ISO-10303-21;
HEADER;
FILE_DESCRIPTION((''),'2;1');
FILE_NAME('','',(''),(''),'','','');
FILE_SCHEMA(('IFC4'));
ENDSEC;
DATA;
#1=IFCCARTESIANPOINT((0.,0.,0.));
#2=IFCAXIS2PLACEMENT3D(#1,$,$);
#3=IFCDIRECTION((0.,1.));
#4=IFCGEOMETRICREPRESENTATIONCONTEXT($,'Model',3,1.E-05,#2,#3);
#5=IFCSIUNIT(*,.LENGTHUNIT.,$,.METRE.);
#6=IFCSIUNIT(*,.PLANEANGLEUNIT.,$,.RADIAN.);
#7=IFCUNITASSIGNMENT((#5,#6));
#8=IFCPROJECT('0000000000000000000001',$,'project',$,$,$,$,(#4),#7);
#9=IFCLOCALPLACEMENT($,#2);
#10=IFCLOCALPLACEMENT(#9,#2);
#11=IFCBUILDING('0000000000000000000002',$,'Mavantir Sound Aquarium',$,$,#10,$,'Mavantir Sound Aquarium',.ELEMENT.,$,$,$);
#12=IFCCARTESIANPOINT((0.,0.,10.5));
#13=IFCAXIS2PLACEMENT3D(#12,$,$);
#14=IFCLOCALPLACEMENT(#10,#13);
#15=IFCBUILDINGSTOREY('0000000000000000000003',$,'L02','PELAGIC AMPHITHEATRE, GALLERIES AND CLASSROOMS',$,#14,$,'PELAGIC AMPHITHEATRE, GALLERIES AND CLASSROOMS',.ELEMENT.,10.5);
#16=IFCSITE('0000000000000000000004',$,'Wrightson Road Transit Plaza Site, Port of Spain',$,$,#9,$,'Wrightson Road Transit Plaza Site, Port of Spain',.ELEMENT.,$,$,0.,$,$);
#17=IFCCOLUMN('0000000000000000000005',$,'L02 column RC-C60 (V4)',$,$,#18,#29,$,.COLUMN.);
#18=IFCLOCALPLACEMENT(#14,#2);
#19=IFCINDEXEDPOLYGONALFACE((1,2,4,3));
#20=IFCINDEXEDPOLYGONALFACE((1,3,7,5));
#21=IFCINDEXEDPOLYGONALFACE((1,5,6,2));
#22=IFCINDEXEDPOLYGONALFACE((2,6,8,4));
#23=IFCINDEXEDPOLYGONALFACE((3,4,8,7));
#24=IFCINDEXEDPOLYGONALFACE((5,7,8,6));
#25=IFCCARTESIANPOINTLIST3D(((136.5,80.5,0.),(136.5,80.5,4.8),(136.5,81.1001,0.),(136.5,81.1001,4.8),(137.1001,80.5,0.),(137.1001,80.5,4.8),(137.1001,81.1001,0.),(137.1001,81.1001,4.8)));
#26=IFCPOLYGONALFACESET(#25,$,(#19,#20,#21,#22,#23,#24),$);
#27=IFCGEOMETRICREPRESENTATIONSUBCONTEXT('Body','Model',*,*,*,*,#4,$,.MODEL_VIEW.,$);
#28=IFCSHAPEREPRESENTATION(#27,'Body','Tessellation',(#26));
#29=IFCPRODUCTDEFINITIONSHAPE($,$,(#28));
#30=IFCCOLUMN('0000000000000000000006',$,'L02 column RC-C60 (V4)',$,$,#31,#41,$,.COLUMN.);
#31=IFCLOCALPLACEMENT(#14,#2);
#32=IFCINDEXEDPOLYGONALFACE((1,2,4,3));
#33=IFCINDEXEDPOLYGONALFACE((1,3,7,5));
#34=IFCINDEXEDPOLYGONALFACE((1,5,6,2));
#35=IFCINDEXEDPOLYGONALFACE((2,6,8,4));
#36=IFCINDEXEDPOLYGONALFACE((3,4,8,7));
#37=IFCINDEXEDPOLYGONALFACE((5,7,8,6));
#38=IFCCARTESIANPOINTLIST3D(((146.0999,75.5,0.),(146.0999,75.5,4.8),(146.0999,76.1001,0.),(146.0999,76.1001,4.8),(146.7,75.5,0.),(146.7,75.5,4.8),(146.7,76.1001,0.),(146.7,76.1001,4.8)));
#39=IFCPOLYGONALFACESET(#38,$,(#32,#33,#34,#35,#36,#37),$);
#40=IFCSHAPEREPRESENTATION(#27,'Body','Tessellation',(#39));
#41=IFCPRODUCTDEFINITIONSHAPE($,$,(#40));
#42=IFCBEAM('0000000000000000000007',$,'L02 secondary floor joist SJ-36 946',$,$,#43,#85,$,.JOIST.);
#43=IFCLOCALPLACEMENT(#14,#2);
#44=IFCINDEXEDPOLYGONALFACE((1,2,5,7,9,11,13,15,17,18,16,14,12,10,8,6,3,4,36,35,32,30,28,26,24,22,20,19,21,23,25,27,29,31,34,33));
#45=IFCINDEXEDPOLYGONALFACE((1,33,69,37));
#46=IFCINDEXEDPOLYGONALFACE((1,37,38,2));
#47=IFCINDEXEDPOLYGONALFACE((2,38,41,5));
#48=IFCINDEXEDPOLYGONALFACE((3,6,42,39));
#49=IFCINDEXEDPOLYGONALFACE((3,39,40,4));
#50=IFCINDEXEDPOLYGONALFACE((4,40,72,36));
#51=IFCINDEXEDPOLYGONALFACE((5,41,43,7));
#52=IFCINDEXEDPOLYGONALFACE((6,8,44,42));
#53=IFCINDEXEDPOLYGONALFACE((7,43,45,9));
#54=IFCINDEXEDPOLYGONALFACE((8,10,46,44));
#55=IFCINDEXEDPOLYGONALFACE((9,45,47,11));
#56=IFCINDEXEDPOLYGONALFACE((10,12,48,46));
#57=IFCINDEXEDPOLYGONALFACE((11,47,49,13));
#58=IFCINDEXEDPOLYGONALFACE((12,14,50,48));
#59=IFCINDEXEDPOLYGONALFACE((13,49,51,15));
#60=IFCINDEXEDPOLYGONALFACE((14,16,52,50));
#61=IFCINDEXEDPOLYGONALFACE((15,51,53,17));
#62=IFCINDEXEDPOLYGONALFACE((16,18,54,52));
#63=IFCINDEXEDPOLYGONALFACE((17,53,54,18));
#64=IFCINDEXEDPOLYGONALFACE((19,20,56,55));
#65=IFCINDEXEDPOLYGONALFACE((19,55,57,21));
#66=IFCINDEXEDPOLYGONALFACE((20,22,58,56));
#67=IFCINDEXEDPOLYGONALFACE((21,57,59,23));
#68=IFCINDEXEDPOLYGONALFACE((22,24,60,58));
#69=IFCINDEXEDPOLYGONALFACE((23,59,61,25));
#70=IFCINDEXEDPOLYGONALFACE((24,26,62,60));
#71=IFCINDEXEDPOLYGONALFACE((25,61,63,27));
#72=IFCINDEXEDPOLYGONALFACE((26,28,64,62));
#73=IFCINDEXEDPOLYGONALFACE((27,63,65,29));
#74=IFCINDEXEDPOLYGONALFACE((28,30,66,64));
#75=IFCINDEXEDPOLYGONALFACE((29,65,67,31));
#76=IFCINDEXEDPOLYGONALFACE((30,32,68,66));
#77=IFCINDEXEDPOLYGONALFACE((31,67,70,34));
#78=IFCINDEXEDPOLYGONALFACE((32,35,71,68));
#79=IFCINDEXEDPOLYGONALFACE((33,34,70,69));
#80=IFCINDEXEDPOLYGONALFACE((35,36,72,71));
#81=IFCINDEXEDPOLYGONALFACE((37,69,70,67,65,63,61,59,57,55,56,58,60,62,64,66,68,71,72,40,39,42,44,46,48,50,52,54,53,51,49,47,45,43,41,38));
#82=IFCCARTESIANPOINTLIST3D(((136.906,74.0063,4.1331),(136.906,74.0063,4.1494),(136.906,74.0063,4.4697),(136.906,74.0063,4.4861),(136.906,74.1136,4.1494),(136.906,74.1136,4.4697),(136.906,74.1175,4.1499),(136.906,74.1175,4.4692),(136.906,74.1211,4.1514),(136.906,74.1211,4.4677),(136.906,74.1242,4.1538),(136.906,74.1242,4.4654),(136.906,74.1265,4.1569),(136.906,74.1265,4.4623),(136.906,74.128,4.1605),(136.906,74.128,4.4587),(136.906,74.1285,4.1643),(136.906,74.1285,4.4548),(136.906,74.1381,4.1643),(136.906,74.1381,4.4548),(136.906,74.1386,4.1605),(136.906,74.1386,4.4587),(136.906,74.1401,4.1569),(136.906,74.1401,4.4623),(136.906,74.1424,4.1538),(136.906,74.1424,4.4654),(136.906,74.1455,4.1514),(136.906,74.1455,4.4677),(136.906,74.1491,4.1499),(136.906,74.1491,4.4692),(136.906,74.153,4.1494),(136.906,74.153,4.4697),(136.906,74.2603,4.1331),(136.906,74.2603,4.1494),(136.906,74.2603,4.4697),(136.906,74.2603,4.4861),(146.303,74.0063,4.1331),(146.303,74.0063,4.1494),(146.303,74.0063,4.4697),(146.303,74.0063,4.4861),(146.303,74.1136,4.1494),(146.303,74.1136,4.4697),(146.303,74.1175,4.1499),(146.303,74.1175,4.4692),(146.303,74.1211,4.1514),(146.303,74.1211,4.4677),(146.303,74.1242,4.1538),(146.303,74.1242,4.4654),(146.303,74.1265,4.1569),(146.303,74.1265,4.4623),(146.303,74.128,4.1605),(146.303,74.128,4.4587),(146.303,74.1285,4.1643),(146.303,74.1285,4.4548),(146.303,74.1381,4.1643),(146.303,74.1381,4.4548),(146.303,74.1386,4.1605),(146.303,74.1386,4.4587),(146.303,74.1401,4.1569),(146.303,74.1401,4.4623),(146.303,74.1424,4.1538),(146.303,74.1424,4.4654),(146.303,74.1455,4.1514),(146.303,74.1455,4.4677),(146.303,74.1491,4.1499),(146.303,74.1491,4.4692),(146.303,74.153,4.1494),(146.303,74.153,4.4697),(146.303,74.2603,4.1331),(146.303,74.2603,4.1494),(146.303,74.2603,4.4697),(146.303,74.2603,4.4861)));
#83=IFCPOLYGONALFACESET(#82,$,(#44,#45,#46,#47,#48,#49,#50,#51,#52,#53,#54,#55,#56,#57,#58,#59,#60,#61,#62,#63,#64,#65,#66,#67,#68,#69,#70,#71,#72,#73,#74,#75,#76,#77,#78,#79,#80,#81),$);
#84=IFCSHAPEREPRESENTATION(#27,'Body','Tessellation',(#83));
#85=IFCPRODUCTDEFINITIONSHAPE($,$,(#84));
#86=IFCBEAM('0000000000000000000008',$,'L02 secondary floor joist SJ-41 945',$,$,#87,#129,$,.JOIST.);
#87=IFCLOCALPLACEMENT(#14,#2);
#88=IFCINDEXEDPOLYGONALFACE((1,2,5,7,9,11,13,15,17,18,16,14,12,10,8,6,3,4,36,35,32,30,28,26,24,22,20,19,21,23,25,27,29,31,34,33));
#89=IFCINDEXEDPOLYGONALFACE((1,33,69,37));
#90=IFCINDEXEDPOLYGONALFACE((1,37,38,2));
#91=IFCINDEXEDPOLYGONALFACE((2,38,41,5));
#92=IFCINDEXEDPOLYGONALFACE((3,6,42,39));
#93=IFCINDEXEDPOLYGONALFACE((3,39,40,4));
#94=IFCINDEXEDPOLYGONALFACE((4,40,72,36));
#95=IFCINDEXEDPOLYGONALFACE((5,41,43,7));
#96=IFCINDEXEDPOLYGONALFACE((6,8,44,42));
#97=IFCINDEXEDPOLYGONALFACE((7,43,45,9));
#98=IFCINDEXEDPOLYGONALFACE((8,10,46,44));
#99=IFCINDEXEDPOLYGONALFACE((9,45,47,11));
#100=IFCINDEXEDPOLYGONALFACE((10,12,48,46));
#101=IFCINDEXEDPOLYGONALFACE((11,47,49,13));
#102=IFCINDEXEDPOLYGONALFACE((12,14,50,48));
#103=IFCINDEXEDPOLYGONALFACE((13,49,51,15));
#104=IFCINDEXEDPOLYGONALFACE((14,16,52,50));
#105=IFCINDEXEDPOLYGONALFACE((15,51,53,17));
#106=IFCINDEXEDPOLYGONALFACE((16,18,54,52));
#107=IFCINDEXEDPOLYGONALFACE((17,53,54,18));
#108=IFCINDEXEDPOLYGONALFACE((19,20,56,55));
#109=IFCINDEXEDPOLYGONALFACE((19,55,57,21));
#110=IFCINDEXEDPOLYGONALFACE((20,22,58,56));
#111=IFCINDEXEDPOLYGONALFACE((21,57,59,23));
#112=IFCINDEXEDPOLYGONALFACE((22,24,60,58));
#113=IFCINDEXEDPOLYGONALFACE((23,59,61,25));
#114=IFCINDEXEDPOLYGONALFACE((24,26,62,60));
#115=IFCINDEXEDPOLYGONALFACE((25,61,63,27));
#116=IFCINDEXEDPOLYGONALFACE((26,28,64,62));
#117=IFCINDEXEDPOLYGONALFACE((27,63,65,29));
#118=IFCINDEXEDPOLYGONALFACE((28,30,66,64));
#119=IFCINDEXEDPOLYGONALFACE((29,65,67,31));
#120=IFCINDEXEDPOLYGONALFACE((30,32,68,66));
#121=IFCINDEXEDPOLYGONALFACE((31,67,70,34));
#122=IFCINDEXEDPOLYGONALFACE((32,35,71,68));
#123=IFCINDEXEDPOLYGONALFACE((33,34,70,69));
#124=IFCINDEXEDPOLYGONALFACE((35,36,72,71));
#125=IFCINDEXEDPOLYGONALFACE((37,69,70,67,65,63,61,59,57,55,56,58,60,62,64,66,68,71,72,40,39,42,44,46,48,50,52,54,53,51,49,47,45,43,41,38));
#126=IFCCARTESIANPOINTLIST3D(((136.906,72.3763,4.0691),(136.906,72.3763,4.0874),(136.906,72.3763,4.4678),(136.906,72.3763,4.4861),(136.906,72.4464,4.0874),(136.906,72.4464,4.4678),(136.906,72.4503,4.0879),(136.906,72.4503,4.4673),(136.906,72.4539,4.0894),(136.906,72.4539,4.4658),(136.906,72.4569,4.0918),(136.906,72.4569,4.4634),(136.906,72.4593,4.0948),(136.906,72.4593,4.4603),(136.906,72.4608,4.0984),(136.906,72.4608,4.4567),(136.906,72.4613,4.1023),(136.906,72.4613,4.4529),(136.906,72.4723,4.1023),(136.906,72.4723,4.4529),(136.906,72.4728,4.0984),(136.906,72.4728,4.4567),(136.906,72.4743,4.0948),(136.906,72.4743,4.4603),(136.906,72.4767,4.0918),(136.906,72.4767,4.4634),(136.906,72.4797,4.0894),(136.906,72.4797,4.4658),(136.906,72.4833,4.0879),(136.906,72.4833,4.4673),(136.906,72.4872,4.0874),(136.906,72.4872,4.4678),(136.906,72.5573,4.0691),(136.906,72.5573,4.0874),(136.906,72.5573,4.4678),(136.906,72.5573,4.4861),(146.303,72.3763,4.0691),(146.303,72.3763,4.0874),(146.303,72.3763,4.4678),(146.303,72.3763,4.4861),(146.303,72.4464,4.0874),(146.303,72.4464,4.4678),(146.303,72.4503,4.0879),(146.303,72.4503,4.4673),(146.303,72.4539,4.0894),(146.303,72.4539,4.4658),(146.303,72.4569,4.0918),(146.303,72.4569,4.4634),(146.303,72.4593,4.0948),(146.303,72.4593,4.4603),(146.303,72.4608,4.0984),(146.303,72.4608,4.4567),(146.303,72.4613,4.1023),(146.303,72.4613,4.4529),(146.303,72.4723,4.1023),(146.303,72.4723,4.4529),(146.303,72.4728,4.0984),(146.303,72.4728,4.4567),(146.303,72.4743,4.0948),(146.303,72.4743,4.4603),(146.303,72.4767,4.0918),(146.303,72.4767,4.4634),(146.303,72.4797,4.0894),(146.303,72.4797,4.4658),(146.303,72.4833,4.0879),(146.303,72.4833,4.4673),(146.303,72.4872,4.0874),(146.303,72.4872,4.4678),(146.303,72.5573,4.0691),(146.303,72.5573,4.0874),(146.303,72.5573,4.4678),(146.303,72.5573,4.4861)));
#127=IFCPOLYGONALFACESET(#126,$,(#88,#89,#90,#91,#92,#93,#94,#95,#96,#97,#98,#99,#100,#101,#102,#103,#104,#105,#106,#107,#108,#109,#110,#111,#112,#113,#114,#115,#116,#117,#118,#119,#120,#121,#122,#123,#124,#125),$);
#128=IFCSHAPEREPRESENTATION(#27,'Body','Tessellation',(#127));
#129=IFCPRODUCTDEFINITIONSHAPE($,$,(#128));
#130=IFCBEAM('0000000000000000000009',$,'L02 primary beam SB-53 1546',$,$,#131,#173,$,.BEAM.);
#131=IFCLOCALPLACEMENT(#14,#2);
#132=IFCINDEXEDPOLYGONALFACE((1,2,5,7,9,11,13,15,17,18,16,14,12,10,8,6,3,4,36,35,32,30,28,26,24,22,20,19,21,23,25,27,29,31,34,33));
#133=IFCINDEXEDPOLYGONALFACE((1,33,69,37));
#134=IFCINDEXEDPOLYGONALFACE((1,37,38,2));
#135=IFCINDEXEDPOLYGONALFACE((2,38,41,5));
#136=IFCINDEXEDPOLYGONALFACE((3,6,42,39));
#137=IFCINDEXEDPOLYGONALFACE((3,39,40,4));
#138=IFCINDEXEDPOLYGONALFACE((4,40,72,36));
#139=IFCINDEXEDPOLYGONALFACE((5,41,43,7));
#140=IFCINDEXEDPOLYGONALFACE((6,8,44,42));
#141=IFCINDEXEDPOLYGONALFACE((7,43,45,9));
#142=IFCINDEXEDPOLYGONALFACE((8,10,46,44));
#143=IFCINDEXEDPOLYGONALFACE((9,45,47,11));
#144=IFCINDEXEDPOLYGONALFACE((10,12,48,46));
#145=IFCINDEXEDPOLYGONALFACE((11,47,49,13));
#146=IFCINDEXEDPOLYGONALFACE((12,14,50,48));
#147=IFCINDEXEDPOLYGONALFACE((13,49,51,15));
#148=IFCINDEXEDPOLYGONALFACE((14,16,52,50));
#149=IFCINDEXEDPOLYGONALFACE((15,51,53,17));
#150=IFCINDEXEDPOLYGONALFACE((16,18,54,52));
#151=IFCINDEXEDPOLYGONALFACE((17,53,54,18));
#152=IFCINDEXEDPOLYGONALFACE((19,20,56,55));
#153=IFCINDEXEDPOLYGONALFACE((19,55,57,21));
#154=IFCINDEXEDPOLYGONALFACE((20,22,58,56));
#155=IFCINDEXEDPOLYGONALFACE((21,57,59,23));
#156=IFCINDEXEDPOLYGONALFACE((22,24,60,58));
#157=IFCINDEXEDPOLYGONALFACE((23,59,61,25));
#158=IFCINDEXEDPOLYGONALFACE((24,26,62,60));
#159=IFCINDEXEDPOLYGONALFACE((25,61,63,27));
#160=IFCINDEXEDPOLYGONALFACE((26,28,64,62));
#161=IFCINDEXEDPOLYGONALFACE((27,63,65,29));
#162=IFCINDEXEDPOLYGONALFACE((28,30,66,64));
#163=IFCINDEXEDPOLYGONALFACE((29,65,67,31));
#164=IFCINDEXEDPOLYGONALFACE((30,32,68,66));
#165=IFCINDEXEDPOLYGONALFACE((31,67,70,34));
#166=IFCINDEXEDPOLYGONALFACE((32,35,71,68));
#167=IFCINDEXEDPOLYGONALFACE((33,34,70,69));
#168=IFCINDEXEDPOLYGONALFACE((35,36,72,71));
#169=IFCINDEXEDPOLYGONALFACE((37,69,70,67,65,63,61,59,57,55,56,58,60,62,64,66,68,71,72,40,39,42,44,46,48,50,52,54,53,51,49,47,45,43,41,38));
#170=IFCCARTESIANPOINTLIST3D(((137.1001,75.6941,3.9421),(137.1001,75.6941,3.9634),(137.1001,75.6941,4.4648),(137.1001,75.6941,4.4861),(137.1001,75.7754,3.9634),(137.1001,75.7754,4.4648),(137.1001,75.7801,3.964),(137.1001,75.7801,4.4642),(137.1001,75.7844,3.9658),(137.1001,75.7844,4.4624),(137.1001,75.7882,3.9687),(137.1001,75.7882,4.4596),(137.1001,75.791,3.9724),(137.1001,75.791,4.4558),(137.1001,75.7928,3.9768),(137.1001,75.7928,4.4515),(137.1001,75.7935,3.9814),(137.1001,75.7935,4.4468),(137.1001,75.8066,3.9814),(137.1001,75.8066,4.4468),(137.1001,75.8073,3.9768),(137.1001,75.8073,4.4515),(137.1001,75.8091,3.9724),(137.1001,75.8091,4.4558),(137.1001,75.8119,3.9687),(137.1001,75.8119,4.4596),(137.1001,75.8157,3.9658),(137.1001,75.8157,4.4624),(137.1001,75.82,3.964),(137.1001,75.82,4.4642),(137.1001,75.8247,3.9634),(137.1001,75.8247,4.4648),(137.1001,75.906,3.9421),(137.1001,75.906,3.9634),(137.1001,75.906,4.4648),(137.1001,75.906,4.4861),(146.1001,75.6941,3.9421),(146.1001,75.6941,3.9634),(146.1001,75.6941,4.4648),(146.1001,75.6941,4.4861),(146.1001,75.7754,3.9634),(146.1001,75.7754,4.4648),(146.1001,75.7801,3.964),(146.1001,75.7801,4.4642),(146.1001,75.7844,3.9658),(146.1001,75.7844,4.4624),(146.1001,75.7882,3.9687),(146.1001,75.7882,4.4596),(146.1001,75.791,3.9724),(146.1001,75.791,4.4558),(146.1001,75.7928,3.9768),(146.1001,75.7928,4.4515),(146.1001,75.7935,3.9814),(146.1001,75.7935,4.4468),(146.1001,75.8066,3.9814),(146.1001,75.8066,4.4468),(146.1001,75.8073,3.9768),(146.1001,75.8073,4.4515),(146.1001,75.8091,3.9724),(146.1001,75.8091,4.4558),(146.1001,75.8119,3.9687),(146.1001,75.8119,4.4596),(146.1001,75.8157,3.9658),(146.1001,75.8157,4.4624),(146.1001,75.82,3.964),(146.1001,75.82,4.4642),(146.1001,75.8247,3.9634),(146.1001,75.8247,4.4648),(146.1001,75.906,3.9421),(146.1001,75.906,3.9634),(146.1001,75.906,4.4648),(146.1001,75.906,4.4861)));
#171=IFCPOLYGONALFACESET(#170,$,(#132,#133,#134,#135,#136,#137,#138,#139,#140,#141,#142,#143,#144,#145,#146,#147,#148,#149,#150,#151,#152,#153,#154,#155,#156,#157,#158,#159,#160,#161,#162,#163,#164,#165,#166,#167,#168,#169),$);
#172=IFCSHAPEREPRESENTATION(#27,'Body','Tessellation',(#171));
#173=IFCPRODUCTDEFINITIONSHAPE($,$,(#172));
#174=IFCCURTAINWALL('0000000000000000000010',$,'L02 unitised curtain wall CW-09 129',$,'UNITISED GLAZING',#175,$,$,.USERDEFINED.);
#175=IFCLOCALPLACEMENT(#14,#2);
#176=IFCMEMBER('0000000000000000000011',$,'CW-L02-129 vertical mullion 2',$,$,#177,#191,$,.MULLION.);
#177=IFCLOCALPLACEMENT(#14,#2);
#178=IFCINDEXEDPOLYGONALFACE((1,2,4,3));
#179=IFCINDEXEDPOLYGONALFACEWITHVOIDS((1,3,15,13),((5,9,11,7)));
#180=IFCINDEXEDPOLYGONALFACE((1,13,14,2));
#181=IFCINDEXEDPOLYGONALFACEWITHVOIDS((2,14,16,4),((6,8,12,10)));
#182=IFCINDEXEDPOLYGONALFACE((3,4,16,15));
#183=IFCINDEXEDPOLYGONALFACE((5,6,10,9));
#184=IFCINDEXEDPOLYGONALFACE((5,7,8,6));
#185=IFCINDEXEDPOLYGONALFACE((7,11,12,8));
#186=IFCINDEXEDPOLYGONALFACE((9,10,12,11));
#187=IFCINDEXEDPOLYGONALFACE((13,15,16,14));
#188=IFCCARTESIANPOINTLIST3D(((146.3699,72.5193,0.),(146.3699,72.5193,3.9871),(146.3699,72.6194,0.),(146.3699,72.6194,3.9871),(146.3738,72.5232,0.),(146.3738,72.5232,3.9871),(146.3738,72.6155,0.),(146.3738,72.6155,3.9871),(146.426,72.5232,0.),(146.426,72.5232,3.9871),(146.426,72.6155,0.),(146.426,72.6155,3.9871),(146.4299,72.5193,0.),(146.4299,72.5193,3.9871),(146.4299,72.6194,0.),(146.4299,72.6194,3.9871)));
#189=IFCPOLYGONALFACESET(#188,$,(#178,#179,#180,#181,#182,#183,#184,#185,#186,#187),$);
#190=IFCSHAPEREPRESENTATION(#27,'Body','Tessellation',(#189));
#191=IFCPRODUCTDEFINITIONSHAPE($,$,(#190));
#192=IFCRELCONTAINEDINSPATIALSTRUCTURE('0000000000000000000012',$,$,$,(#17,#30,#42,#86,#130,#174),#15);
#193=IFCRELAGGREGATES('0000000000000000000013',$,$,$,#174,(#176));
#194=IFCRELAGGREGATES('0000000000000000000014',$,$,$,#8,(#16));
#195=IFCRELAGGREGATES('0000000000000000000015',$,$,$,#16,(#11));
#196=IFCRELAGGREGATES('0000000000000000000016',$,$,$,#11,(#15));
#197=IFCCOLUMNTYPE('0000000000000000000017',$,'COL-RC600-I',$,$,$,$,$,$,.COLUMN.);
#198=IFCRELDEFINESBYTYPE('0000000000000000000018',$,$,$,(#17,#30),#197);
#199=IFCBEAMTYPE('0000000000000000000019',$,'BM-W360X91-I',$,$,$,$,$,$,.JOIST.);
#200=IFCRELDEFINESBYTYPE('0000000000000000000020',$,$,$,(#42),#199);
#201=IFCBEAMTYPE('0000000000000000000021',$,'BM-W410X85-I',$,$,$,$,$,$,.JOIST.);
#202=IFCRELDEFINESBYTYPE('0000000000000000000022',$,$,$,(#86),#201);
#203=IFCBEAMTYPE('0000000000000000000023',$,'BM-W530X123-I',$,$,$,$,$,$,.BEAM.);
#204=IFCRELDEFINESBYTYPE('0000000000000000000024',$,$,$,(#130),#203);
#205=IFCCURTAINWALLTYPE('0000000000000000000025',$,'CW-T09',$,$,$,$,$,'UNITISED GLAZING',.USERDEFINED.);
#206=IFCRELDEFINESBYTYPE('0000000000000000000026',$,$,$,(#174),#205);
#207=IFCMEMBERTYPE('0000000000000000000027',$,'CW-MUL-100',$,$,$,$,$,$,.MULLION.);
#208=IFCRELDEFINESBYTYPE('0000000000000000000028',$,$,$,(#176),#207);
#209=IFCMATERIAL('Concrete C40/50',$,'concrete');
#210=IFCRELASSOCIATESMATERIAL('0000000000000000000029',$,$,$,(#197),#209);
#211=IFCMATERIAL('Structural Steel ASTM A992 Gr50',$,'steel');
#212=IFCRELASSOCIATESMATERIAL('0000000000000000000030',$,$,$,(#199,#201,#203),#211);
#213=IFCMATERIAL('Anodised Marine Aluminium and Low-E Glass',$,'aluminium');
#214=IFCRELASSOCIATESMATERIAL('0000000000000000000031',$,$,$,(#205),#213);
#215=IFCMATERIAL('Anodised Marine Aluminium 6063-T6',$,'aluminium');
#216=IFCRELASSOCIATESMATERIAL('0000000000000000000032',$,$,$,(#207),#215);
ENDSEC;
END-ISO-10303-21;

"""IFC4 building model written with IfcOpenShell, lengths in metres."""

from ifc_helpers import new_model, si_unit, direction, frame, origin, origin_2d, place, context, subcontext, project, spatial, rectangle, hollow_rectangle, i_section, extrude, material, material_profile, profile_set, type_object, element, aggregate, save


model = new_model("IFC4")

# Units and contexts
model_context = context("Model", 3, precision=1e-05, world=origin(), true_north=direction((0.0, 1.0)))
body_context = subcontext(model_context, "Body", "Model", "MODEL_VIEW")
ifc_project = project(units=[si_unit("LENGTHUNIT", "METRE"), si_unit("PLANEANGLEUNIT", "RADIAN")], contexts=[model_context])

# Site, building, storey
site_placement = place(None, origin())
site = spatial("IfcSite", under=ifc_project, at=site_placement, Name="Wrightson Road Transit Plaza Site, Port of Spain", LongName="Wrightson Road Transit Plaza Site, Port of Spain", CompositionType="ELEMENT", RefElevation=0.0)
building_placement = place(site_placement, origin())
building = spatial("IfcBuilding", under=site, at=building_placement, Name="Mavantir Sound Aquarium", LongName="Mavantir Sound Aquarium", CompositionType="ELEMENT")
storey_placement = place(building_placement, frame((0.0, 0.0, 10.5)))
storey = spatial("IfcBuildingStorey", under=building, at=storey_placement, Name="L02", Description="PELAGIC AMPHITHEATRE, GALLERIES AND CLASSROOMS", LongName="PELAGIC AMPHITHEATRE, GALLERIES AND CLASSROOMS", CompositionType="ELEMENT", Elevation=10.5)

# Columns
ifc_material_1 = material(Name="Concrete C40/50", Category="concrete")
ifc_material_profile_1 = material_profile(ifc_material_1, rectangle(XDim=0.6001, YDim=0.6001, at=origin_2d()), Name="RC 600X600")
ifc_profile_set_1 = profile_set([ifc_material_profile_1], Name="Concrete C40/50")
column_type = type_object("IfcColumnType", Name="COL-RC600-I", PredefinedType="COLUMN", material=ifc_profile_set_1)
for number, where, z_axis, x_axis, name in (
    (1, (136.8, 80.8, 0.0), (0.0, 0.0, 1.0), (1.0, 0.0, 0.0), "L02 column RC-C60 (V4)"),
    (2, (146.3999, 75.8, 0.0), (0.0, 0.0, 1.0), (1.0, 0.0, 0.0), "L02 column RC-C60 (V4)"),
):
    element("IfcColumn", number, at=place(storey_placement, frame(where, z_axis=z_axis, x_axis=x_axis)), inside=storey, type_object=column_type, Name=name, PredefinedType="COLUMN", context=body_context, shape_type="SweptSolid", body=[
        extrude(rectangle(XDim=0.6001, YDim=0.6001, at=origin_2d()), origin(), (0.0, 0.0, 1.0), 4.8),
    ])

# Beams
ifc_material_2 = material(Name="Structural Steel ASTM A992 Gr50", Category="steel")
ifc_material_profile_2 = material_profile(ifc_material_2, i_section(OverallWidth=0.2539, OverallDepth=0.353, WebThickness=0.0095, FlangeThickness=0.0164, FilletRadius=0.0149, at=origin_2d()), Name="W360X91")
ifc_profile_set_2 = profile_set([ifc_material_profile_2], Name="Structural Steel ASTM A992 Gr50")
beam_type_1 = type_object("IfcBeamType", Name="BM-W360X91-I", PredefinedType="JOIST", material=ifc_profile_set_2)
beam_1_placement = place(storey_placement, frame((136.906, 74.1333, 4.3096), z_axis=(1.0, 0.0, 0.0), x_axis=(0.0, 1.0, 0.0)))
element("IfcBeam", 3, at=beam_1_placement, inside=storey, type_object=beam_type_1, Name="L02 secondary floor joist SJ-36 946", PredefinedType="JOIST", context=body_context, shape_type="SweptSolid", body=[
    extrude(i_section(OverallWidth=0.2539, OverallDepth=0.353, WebThickness=0.0095, FlangeThickness=0.0164, FilletRadius=0.0149, at=origin_2d()), origin(), (0.0, 0.0, 1.0), 9.397),
])
ifc_material_profile_3 = material_profile(ifc_material_2, i_section(OverallWidth=0.1809, OverallDepth=0.417, WebThickness=0.011, FlangeThickness=0.0183, FilletRadius=0.0149, at=origin_2d()), Name="W410X85")
ifc_profile_set_3 = profile_set([ifc_material_profile_3], Name="Structural Steel ASTM A992 Gr50")
beam_type_2 = type_object("IfcBeamType", Name="BM-W410X85-I", PredefinedType="JOIST", material=ifc_profile_set_3)
beam_2_placement = place(storey_placement, frame((136.906, 72.4668, 4.2776), z_axis=(1.0, 0.0, 0.0), x_axis=(0.0, 1.0, 0.0)))
element("IfcBeam", 4, at=beam_2_placement, inside=storey, type_object=beam_type_2, Name="L02 secondary floor joist SJ-41 945", PredefinedType="JOIST", context=body_context, shape_type="SweptSolid", body=[
    extrude(i_section(OverallWidth=0.1809, OverallDepth=0.417, WebThickness=0.011, FlangeThickness=0.0183, FilletRadius=0.0149, at=origin_2d()), origin(), (0.0, 0.0, 1.0), 9.397),
])
ifc_material_profile_4 = material_profile(ifc_material_2, i_section(OverallWidth=0.2119, OverallDepth=0.5439, WebThickness=0.0132, FlangeThickness=0.0212, FilletRadius=0.0181, at=origin_2d()), Name="W530X123")
ifc_profile_set_4 = profile_set([ifc_material_profile_4], Name="Structural Steel ASTM A992 Gr50")
beam_type_3 = type_object("IfcBeamType", Name="BM-W530X123-I", PredefinedType="BEAM", material=ifc_profile_set_4)
beam_3_placement = place(storey_placement, frame((137.1001, 75.8, 4.2141), z_axis=(1.0, 0.0, 0.0), x_axis=(0.0, 1.0, 0.0)))
element("IfcBeam", 5, at=beam_3_placement, inside=storey, type_object=beam_type_3, Name="L02 primary beam SB-53 1546", PredefinedType="BEAM", context=body_context, shape_type="SweptSolid", body=[
    extrude(i_section(OverallWidth=0.2119, OverallDepth=0.5439, WebThickness=0.0132, FlangeThickness=0.0212, FilletRadius=0.0181, at=origin_2d()), origin(), (0.0, 0.0, 1.0), 9.0),
])

# Curtain wall, member
ifc_material_3 = material(Name="Anodised Marine Aluminium and Low-E Glass", Category="aluminium")
curtain_wall_type_1 = type_object("IfcCurtainWallType", Name="CW-T09", ElementType="UNITISED GLAZING", PredefinedType="USERDEFINED", material=ifc_material_3)
curtain_wall_1_placement = place(storey_placement, origin())
curtain_wall_1 = element("IfcCurtainWall", 6, at=curtain_wall_1_placement, inside=storey, type_object=curtain_wall_type_1, Name="L02 unitised curtain wall CW-09 129", ObjectType="UNITISED GLAZING", PredefinedType="USERDEFINED")
ifc_material_4 = material(Name="Anodised Marine Aluminium 6063-T6", Category="aluminium")
ifc_material_profile_5 = material_profile(ifc_material_4, hollow_rectangle(XDim=0.0601, YDim=0.1001, WallThickness=0.0039, at=origin_2d()), Name="ALU-MULLION-100X60")
ifc_profile_set_5 = profile_set([ifc_material_profile_5], Name="Anodised Marine Aluminium 6063-T6")
member_type_1 = type_object("IfcMemberType", Name="CW-MUL-100", PredefinedType="MULLION", material=ifc_profile_set_5)
member_1_placement = place(storey_placement, frame((146.3999, 72.5693, 0.0), z_axis=(0.0, 0.0, 1.0), x_axis=(1.0, 0.0, 0.0)))
member_1 = element("IfcMember", 7, at=member_1_placement, type_object=member_type_1, Name="CW-L02-129 vertical mullion 2", PredefinedType="MULLION", context=body_context, shape_type="SweptSolid", body=[
    extrude(hollow_rectangle(XDim=0.0601, YDim=0.1001, WallThickness=0.0039, at=origin_2d()), origin(), (0.0, 0.0, 1.0), 3.9871),
])

aggregate(curtain_wall_1, [member_1])

save(model, "model.ifc")
